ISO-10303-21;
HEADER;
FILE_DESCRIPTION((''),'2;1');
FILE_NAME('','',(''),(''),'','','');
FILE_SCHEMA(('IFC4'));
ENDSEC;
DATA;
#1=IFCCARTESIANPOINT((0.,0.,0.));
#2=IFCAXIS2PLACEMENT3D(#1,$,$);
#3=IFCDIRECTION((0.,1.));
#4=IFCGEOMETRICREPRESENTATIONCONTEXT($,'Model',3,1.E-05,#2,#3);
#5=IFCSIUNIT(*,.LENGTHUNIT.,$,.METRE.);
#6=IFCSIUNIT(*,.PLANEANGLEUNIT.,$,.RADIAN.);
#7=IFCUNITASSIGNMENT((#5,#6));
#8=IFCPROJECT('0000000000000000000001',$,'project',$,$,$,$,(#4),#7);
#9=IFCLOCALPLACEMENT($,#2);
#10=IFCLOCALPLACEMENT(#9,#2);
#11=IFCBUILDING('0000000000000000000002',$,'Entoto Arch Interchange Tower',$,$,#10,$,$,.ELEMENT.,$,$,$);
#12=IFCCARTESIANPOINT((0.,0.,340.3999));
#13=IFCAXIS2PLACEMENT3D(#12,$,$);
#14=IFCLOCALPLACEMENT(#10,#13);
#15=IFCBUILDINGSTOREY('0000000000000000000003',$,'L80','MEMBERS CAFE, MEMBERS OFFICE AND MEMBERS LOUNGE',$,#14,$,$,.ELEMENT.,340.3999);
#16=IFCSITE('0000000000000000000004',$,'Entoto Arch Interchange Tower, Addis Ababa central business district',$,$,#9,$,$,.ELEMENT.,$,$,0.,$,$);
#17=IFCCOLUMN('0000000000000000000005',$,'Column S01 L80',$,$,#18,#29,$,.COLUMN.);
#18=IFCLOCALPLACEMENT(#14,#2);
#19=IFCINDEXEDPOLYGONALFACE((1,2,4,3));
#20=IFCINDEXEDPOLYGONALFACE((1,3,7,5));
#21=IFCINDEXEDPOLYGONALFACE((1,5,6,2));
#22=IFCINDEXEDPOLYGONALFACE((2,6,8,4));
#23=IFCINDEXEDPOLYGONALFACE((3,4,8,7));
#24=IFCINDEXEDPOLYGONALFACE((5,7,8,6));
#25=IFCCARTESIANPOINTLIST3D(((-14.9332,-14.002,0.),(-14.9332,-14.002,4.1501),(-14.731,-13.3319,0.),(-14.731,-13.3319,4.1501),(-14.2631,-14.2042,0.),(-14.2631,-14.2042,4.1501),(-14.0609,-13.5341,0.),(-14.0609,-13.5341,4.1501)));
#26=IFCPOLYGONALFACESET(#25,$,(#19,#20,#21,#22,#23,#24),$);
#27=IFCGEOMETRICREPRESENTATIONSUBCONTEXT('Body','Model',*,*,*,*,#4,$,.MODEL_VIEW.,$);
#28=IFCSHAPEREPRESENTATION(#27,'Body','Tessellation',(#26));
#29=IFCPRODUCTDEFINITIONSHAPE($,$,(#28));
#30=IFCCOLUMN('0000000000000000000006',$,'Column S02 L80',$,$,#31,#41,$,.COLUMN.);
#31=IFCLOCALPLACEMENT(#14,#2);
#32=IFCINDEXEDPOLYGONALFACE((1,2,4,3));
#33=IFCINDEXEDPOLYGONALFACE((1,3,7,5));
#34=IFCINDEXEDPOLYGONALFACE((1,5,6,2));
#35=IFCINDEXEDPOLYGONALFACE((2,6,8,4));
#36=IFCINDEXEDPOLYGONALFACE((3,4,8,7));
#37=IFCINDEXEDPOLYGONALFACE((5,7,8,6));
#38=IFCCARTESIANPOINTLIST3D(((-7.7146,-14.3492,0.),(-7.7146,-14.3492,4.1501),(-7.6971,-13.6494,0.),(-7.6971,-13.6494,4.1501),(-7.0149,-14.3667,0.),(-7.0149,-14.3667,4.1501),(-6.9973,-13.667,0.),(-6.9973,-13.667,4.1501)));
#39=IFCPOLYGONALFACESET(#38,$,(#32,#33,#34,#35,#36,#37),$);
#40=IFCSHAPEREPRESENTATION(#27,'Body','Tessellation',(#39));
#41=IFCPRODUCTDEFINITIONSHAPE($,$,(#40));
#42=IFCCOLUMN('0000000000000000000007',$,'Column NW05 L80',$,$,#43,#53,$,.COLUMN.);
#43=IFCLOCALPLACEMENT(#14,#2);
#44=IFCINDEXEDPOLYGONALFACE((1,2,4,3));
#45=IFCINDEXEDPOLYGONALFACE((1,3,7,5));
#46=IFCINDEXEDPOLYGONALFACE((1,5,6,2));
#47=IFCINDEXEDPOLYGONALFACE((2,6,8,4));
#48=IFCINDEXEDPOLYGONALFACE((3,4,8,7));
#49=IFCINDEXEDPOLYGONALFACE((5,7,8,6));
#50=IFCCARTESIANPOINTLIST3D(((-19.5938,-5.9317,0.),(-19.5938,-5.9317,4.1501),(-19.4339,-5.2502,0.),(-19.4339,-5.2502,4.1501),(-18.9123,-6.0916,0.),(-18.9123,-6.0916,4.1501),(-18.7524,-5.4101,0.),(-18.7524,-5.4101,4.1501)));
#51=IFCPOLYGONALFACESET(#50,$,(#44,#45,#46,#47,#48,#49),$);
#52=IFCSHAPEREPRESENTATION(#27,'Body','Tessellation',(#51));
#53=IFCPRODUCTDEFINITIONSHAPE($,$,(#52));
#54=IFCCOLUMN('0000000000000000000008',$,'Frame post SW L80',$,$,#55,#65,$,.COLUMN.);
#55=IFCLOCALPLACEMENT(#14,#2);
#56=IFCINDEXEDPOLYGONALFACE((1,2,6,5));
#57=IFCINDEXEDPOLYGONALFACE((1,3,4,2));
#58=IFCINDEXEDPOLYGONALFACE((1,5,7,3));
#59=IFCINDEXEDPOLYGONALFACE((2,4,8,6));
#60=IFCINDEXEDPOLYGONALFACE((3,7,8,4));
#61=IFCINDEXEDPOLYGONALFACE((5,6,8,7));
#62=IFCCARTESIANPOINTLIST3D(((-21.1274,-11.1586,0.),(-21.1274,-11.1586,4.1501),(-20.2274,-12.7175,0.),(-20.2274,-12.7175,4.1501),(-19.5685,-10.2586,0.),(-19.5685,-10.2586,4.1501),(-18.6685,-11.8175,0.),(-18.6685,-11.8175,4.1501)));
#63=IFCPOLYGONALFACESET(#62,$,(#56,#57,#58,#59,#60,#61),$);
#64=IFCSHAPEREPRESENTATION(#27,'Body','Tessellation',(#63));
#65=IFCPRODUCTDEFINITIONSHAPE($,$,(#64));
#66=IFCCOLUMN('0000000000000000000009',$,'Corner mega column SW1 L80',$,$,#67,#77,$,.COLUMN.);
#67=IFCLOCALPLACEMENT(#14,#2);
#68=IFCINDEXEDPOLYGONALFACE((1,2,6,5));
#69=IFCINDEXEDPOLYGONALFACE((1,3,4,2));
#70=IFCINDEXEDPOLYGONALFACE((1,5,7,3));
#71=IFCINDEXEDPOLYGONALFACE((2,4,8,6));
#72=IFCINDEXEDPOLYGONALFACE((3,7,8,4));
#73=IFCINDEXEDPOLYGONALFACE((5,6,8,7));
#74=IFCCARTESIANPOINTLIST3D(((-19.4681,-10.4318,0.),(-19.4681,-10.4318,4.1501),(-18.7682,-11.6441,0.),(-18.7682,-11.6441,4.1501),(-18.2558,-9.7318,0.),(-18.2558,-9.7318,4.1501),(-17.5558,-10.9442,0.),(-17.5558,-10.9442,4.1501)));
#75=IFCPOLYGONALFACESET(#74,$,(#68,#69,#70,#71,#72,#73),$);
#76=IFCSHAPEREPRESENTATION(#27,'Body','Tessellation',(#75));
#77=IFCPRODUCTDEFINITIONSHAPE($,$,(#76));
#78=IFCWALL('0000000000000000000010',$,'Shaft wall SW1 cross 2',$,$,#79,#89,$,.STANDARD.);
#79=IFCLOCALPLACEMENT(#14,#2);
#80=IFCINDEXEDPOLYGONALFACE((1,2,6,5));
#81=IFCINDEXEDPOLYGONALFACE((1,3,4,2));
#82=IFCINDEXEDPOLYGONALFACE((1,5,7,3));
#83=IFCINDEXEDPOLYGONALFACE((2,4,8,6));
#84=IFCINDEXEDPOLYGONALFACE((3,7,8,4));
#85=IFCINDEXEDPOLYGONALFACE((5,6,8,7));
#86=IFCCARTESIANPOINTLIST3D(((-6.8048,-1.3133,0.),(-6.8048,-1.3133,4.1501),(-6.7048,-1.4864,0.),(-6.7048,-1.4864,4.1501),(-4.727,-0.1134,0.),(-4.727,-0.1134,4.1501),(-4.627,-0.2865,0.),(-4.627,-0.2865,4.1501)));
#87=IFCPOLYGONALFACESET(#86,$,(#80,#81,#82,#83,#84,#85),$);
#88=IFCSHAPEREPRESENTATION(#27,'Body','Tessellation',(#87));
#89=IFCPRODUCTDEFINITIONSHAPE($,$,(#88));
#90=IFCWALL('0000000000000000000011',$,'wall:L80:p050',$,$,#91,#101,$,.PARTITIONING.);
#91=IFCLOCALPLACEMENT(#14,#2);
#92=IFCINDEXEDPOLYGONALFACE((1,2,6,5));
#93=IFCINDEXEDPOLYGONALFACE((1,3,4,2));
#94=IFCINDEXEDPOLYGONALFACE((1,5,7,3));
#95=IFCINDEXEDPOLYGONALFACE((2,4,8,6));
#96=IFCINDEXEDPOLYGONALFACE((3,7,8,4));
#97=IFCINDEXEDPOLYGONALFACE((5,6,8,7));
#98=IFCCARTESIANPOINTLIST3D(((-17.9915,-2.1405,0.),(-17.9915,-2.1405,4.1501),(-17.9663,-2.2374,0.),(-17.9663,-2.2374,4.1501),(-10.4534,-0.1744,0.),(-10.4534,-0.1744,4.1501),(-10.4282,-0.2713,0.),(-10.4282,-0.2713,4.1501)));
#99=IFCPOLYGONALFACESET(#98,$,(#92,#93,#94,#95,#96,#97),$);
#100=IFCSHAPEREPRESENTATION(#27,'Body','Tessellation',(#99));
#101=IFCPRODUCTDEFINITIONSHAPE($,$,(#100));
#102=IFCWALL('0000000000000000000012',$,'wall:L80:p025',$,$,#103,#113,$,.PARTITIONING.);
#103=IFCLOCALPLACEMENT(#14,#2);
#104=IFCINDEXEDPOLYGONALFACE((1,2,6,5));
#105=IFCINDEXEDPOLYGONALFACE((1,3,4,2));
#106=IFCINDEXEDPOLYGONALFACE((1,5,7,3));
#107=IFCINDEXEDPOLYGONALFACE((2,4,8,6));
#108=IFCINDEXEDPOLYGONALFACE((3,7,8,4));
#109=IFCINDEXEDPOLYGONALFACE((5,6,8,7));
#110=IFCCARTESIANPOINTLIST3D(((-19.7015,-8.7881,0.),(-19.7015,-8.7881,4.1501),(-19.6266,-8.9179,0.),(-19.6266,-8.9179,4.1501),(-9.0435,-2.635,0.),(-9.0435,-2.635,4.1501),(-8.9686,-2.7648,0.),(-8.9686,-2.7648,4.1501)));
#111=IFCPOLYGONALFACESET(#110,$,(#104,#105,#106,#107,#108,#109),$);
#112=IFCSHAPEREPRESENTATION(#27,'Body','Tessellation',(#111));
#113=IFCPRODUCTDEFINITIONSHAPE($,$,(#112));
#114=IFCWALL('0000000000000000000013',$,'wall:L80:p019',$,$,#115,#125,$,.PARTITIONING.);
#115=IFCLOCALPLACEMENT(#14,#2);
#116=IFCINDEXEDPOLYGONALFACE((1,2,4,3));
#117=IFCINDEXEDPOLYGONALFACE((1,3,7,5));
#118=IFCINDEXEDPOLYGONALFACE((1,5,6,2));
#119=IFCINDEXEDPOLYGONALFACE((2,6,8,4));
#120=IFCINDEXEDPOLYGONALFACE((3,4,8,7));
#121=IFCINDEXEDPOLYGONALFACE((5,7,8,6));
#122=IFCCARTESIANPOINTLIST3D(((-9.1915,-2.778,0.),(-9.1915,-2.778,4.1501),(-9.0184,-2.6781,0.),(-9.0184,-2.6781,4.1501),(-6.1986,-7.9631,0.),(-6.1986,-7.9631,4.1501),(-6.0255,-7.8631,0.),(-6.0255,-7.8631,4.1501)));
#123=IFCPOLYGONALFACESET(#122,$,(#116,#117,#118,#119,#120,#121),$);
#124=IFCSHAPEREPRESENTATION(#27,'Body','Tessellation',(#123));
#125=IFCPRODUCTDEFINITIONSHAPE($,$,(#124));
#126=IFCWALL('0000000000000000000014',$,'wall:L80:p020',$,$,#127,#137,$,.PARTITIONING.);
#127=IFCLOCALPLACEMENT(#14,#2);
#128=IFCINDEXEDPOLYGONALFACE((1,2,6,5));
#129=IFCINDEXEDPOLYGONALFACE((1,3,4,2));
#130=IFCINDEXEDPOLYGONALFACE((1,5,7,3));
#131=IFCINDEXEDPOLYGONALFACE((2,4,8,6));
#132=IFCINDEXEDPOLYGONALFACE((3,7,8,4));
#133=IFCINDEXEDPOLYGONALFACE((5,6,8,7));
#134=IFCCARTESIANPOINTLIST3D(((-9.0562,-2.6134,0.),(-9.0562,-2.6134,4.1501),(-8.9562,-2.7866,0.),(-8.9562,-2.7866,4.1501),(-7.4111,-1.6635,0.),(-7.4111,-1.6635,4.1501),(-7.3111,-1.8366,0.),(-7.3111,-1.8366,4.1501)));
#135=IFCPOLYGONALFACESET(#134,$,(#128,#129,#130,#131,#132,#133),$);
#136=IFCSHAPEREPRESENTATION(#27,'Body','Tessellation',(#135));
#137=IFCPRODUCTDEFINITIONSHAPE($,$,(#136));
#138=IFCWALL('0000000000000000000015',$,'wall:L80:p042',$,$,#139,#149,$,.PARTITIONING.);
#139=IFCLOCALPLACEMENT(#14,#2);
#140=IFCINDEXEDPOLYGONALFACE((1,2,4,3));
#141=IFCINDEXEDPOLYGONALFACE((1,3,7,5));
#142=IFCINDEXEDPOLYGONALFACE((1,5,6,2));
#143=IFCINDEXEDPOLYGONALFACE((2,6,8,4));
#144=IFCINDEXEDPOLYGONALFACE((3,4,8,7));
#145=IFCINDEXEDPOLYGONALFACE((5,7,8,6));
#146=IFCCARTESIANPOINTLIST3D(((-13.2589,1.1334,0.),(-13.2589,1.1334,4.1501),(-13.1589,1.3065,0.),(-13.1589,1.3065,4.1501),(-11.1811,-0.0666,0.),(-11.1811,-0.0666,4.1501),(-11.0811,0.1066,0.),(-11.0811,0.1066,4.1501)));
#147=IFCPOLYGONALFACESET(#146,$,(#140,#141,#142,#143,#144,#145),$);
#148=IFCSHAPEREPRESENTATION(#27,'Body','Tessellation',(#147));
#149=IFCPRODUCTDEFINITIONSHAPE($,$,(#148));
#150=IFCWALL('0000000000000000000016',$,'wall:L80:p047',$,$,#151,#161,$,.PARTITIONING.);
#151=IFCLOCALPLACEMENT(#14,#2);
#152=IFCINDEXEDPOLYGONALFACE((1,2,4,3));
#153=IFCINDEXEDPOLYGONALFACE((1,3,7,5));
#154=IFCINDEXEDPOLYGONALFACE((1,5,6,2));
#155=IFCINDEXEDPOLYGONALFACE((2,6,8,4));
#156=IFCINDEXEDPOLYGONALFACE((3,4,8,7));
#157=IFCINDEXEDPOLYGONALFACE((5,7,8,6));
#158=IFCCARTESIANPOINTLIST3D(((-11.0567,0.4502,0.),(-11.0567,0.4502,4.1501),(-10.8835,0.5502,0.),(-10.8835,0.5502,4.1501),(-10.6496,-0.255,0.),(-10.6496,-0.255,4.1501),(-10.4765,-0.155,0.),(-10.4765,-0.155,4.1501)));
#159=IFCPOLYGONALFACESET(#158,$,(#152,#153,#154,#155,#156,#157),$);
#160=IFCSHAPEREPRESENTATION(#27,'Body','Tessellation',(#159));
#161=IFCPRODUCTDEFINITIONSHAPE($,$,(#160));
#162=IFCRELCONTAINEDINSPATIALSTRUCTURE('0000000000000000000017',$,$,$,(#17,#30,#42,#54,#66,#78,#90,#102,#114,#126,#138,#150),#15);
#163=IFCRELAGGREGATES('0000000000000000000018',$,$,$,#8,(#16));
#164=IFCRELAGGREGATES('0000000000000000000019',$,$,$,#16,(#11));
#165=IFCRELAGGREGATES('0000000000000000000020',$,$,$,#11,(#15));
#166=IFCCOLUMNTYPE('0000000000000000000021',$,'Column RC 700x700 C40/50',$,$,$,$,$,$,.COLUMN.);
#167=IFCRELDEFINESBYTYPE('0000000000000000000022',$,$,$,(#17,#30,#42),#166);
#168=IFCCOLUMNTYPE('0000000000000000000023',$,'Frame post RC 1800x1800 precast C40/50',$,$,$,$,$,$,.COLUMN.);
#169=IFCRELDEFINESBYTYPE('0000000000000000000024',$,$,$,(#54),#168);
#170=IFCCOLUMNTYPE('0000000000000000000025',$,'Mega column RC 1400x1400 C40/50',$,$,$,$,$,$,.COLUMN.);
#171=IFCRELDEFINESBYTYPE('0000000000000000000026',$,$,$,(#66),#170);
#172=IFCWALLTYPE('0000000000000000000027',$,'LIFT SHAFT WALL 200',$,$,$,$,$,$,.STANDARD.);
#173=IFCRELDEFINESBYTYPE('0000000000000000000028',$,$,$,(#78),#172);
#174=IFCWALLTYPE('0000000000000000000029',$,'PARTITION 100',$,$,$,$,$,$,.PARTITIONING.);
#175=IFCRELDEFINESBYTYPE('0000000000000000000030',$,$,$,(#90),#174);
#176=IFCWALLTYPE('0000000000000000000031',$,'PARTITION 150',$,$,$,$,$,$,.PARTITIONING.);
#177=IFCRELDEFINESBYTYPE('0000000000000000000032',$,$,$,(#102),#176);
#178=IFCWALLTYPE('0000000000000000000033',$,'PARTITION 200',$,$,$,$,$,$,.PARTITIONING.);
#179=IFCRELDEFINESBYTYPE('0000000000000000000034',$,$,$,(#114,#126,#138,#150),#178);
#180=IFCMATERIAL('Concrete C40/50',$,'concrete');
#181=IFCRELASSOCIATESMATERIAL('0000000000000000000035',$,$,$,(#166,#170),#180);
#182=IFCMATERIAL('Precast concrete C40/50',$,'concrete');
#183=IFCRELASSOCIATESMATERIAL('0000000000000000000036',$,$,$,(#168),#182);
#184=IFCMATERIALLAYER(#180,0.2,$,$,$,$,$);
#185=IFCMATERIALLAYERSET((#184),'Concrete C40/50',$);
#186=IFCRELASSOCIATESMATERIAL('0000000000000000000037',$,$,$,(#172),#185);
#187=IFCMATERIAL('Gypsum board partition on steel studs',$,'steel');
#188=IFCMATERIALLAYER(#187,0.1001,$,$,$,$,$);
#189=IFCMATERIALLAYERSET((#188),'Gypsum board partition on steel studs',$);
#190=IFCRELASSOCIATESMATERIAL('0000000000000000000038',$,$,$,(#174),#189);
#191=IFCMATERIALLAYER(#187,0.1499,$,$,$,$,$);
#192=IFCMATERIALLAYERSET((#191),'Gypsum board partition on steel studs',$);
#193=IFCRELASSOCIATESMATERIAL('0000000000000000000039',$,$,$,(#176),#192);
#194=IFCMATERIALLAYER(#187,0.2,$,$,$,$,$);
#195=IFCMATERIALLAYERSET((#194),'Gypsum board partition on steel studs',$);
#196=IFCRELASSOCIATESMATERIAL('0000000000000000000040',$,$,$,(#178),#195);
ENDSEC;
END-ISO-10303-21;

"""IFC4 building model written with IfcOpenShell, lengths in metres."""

from ifc_helpers import new_model, si_unit, direction, frame, frame_2d, origin, origin_2d, place, context, subcontext, project, spatial, rectangle, extrude, material, layer, layer_set, material_profile, profile_set, type_object, element, save


model = new_model("IFC4")

# Units and contexts
model_context = context("Model", 3, precision=1e-05, world=origin(), true_north=direction((0.0, 1.0)))
body_context = subcontext(model_context, "Body", "Model", "MODEL_VIEW")
ifc_project = project(units=[si_unit("LENGTHUNIT", "METRE"), si_unit("PLANEANGLEUNIT", "RADIAN")], contexts=[model_context])

# Site, building, storey
site_placement = place(None, origin())
site = spatial("IfcSite", under=ifc_project, at=site_placement, Name="Entoto Arch Interchange Tower, Addis Ababa central business district", CompositionType="ELEMENT", RefElevation=0.0)
building_placement = place(site_placement, origin())
building = spatial("IfcBuilding", under=site, at=building_placement, Name="Entoto Arch Interchange Tower", CompositionType="ELEMENT")
storey_placement = place(building_placement, frame((0.0, 0.0, 340.3999)))
storey = spatial("IfcBuildingStorey", under=building, at=storey_placement, Name="L80", Description="MEMBERS CAFE, MEMBERS OFFICE AND MEMBERS LOUNGE", CompositionType="ELEMENT", Elevation=340.3999)

# Columns
ifc_material_1 = material(Name="Concrete C40/50", Category="concrete")
ifc_material_profile_1 = material_profile(ifc_material_1, rectangle(XDim=0.7, YDim=0.7, at=origin_2d()))
ifc_profile_set_1 = profile_set([ifc_material_profile_1], Name="Concrete C40/50")
column_type_1 = type_object("IfcColumnType", Name="Column RC 700x700 C40/50", PredefinedType="COLUMN", material=ifc_profile_set_1)
for number, where, z_axis, x_axis, name in (
    (1, (-14.4971, -13.7681, 0.0), (0.0, 0.0, 1.0), (-0.957345, 0.288948, 0.0), "Column S01 L80"),
    (2, (-7.356, -14.0081, 0.0), (0.0, 0.0, 1.0), (-0.999686, 0.02506, 0.0), "Column S02 L80"),
    (3, (-19.1731, -5.6709, 0.0), (0.0, 0.0, 1.0), (0.228436, 0.973559, 0.0), "Column NW05 L80"),
):
    element("IfcColumn", number, at=place(storey_placement, frame(where, z_axis=z_axis, x_axis=x_axis)), inside=storey, type_object=column_type_1, Name=name, PredefinedType="COLUMN", context=body_context, shape_type="SweptSolid", body=[
        extrude(rectangle(XDim=0.7, YDim=0.7, at=origin_2d()), origin(), (0.0, 0.0, 1.0), 4.1501),
    ])
ifc_material_2 = material(Name="Precast concrete C40/50", Category="concrete")
ifc_material_profile_2 = material_profile(ifc_material_2, rectangle(XDim=1.8, YDim=1.8, at=origin_2d()))
ifc_profile_set_2 = profile_set([ifc_material_profile_2], Name="Precast concrete C40/50")
column_type_2 = type_object("IfcColumnType", Name="Frame post RC 1800x1800 precast C40/50", PredefinedType="COLUMN", material=ifc_profile_set_2)
column_1_placement = place(storey_placement, frame((-19.8979, -11.488, 0.0), z_axis=(0.0, 0.0, 1.0), x_axis=(0.866025, 0.5, 0.0)))
element("IfcColumn", 4, at=column_1_placement, inside=storey, type_object=column_type_2, Name="Frame post SW L80", PredefinedType="COLUMN", context=body_context, shape_type="SweptSolid", body=[
    extrude(rectangle(XDim=1.8, YDim=1.8, at=origin_2d()), origin(), (0.0, 0.0, 1.0), 4.1501),
])
ifc_material_profile_3 = material_profile(ifc_material_1, rectangle(XDim=1.3999, YDim=1.3999, at=origin_2d()))
ifc_profile_set_3 = profile_set([ifc_material_profile_3], Name="Concrete C40/50")
column_type_3 = type_object("IfcColumnType", Name="Mega column RC 1400x1400 C40/50", PredefinedType="COLUMN", material=ifc_profile_set_3)
column_2_placement = place(storey_placement, frame((-18.512, -10.688, 0.0), z_axis=(0.0, 0.0, 1.0), x_axis=(0.866025, 0.5, 0.0)))
element("IfcColumn", 5, at=column_2_placement, inside=storey, type_object=column_type_3, Name="Corner mega column SW1 L80", PredefinedType="COLUMN", context=body_context, shape_type="SweptSolid", body=[
    extrude(rectangle(XDim=1.3999, YDim=1.3999, at=origin_2d()), origin(), (0.0, 0.0, 1.0), 4.1501),
])

# Walls
ifc_layer_1 = layer(ifc_material_1, 0.2)
ifc_layer_set_1 = layer_set([ifc_layer_1], Name="Concrete C40/50")
wall_type_1 = type_object("IfcWallType", Name="LIFT SHAFT WALL 200", PredefinedType="STANDARD", material=ifc_layer_set_1)
wall_1_placement = place(storey_placement, frame((-4.677, -0.2, 0.0), z_axis=(0.0, 0.0, 1.0), x_axis=(-0.865974, -0.500089, 0.0)))
element("IfcWall", 6, at=wall_1_placement, inside=storey, type_object=wall_type_1, Name="Shaft wall SW1 cross 2", PredefinedType="STANDARD", context=body_context, shape_type="SweptSolid", body=[
    extrude(rectangle(XDim=2.3994, YDim=0.2, at=frame_2d((1.1997, 0.0))), origin(), (0.0, 0.0, 1.0), 4.1501),
])
ifc_material_3 = material(Name="Gypsum board partition on steel studs", Category="steel")
ifc_layer_2 = layer(ifc_material_3, 0.1001)
ifc_layer_set_2 = layer_set([ifc_layer_2], Name="Gypsum board partition on steel studs")
wall_type_2 = type_object("IfcWallType", Name="PARTITION 100", PredefinedType="PARTITIONING", material=ifc_layer_set_2)
wall_2_placement = place(storey_placement, frame((-10.4409, -0.2229, 0.0), z_axis=(0.0, 0.0, 1.0), x_axis=(-0.96763, -0.252375, 0.0)))
element("IfcWall", 7, at=wall_2_placement, inside=storey, type_object=wall_type_2, Name="wall:L80:p050", PredefinedType="PARTITIONING", context=body_context, shape_type="SweptSolid", body=[
    extrude(rectangle(XDim=7.7903, YDim=0.1001, at=frame_2d((3.895, 0.0))), origin(), (0.0, 0.0, 1.0), 4.1501),
])
ifc_layer_3 = layer(ifc_material_3, 0.1499)
ifc_layer_set_3 = layer_set([ifc_layer_3], Name="Gypsum board partition on steel studs")
wall_type_3 = type_object("IfcWallType", Name="PARTITION 150", PredefinedType="PARTITIONING", material=ifc_layer_set_3)
wall_3_placement = place(storey_placement, frame((-19.6641, -8.853, 0.0), z_axis=(0.0, 0.0, 1.0), x_axis=(0.866036, 0.499982, 0.0)))
element("IfcWall", 8, at=wall_3_placement, inside=storey, type_object=wall_type_3, Name="wall:L80:p025", PredefinedType="PARTITIONING", context=body_context, shape_type="SweptSolid", body=[
    extrude(rectangle(XDim=12.3066, YDim=0.1499, at=frame_2d((6.1533, 0.0))), origin(), (0.0, 0.0, 1.0), 4.1501),
])
ifc_layer_4 = layer(ifc_material_3, 0.2)
ifc_layer_set_4 = layer_set([ifc_layer_4], Name="Gypsum board partition on steel studs")
wall_type_4 = type_object("IfcWallType", Name="PARTITION 200", PredefinedType="PARTITIONING", material=ifc_layer_set_4)
wall_4_placement = place(storey_placement, frame((-6.1121, -7.9131, 0.0), z_axis=(0.0, 0.0, 1.0), x_axis=(-0.499915, 0.866074, 0.0)))
element("IfcWall", 9, at=wall_4_placement, inside=storey, type_object=wall_type_4, Name="wall:L80:p019", PredefinedType="PARTITIONING", context=body_context, shape_type="SweptSolid", body=[
    extrude(rectangle(XDim=5.9868, YDim=0.2, at=frame_2d((2.9934, 0.0))), origin(), (0.0, 0.0, 1.0), 4.1501),
])
wall_5_placement = place(storey_placement, frame((-9.0061, -2.7, 0.0), z_axis=(0.0, 0.0, 1.0), x_axis=(0.86598, 0.500078, 0.0)))
element("IfcWall", 10, at=wall_5_placement, inside=storey, type_object=wall_type_4, Name="wall:L80:p020", PredefinedType="PARTITIONING", context=body_context, shape_type="SweptSolid", body=[
    extrude(rectangle(XDim=1.8997, YDim=0.2, at=frame_2d((0.9497, 0.0))), origin(), (0.0, 0.0, 1.0), 4.1501),
])
wall_6_placement = place(storey_placement, frame((-11.1311, 0.02, 0.0), z_axis=(0.0, 0.0, 1.0), x_axis=(-0.865974, 0.500089, 0.0)))
element("IfcWall", 11, at=wall_6_placement, inside=storey, type_object=wall_type_4, Name="wall:L80:p042", PredefinedType="PARTITIONING", context=body_context, shape_type="SweptSolid", body=[
    extrude(rectangle(XDim=2.3994, YDim=0.2, at=frame_2d((1.1997, 0.0))), origin(), (0.0, 0.0, 1.0), 4.1501),
])
wall_7_placement = place(storey_placement, frame((-10.563, -0.2051, 0.0), z_axis=(0.0, 0.0, 1.0), x_axis=(-0.499913, 0.866076, 0.0)))
element("IfcWall", 12, at=wall_7_placement, inside=storey, type_object=wall_type_4, Name="wall:L80:p047", PredefinedType="PARTITIONING", context=body_context, shape_type="SweptSolid", body=[
    extrude(rectangle(XDim=0.8142, YDim=0.2, at=frame_2d((0.4072, 0.0))), origin(), (0.0, 0.0, 1.0), 4.1501),
])

save(model, "model.ifc")
